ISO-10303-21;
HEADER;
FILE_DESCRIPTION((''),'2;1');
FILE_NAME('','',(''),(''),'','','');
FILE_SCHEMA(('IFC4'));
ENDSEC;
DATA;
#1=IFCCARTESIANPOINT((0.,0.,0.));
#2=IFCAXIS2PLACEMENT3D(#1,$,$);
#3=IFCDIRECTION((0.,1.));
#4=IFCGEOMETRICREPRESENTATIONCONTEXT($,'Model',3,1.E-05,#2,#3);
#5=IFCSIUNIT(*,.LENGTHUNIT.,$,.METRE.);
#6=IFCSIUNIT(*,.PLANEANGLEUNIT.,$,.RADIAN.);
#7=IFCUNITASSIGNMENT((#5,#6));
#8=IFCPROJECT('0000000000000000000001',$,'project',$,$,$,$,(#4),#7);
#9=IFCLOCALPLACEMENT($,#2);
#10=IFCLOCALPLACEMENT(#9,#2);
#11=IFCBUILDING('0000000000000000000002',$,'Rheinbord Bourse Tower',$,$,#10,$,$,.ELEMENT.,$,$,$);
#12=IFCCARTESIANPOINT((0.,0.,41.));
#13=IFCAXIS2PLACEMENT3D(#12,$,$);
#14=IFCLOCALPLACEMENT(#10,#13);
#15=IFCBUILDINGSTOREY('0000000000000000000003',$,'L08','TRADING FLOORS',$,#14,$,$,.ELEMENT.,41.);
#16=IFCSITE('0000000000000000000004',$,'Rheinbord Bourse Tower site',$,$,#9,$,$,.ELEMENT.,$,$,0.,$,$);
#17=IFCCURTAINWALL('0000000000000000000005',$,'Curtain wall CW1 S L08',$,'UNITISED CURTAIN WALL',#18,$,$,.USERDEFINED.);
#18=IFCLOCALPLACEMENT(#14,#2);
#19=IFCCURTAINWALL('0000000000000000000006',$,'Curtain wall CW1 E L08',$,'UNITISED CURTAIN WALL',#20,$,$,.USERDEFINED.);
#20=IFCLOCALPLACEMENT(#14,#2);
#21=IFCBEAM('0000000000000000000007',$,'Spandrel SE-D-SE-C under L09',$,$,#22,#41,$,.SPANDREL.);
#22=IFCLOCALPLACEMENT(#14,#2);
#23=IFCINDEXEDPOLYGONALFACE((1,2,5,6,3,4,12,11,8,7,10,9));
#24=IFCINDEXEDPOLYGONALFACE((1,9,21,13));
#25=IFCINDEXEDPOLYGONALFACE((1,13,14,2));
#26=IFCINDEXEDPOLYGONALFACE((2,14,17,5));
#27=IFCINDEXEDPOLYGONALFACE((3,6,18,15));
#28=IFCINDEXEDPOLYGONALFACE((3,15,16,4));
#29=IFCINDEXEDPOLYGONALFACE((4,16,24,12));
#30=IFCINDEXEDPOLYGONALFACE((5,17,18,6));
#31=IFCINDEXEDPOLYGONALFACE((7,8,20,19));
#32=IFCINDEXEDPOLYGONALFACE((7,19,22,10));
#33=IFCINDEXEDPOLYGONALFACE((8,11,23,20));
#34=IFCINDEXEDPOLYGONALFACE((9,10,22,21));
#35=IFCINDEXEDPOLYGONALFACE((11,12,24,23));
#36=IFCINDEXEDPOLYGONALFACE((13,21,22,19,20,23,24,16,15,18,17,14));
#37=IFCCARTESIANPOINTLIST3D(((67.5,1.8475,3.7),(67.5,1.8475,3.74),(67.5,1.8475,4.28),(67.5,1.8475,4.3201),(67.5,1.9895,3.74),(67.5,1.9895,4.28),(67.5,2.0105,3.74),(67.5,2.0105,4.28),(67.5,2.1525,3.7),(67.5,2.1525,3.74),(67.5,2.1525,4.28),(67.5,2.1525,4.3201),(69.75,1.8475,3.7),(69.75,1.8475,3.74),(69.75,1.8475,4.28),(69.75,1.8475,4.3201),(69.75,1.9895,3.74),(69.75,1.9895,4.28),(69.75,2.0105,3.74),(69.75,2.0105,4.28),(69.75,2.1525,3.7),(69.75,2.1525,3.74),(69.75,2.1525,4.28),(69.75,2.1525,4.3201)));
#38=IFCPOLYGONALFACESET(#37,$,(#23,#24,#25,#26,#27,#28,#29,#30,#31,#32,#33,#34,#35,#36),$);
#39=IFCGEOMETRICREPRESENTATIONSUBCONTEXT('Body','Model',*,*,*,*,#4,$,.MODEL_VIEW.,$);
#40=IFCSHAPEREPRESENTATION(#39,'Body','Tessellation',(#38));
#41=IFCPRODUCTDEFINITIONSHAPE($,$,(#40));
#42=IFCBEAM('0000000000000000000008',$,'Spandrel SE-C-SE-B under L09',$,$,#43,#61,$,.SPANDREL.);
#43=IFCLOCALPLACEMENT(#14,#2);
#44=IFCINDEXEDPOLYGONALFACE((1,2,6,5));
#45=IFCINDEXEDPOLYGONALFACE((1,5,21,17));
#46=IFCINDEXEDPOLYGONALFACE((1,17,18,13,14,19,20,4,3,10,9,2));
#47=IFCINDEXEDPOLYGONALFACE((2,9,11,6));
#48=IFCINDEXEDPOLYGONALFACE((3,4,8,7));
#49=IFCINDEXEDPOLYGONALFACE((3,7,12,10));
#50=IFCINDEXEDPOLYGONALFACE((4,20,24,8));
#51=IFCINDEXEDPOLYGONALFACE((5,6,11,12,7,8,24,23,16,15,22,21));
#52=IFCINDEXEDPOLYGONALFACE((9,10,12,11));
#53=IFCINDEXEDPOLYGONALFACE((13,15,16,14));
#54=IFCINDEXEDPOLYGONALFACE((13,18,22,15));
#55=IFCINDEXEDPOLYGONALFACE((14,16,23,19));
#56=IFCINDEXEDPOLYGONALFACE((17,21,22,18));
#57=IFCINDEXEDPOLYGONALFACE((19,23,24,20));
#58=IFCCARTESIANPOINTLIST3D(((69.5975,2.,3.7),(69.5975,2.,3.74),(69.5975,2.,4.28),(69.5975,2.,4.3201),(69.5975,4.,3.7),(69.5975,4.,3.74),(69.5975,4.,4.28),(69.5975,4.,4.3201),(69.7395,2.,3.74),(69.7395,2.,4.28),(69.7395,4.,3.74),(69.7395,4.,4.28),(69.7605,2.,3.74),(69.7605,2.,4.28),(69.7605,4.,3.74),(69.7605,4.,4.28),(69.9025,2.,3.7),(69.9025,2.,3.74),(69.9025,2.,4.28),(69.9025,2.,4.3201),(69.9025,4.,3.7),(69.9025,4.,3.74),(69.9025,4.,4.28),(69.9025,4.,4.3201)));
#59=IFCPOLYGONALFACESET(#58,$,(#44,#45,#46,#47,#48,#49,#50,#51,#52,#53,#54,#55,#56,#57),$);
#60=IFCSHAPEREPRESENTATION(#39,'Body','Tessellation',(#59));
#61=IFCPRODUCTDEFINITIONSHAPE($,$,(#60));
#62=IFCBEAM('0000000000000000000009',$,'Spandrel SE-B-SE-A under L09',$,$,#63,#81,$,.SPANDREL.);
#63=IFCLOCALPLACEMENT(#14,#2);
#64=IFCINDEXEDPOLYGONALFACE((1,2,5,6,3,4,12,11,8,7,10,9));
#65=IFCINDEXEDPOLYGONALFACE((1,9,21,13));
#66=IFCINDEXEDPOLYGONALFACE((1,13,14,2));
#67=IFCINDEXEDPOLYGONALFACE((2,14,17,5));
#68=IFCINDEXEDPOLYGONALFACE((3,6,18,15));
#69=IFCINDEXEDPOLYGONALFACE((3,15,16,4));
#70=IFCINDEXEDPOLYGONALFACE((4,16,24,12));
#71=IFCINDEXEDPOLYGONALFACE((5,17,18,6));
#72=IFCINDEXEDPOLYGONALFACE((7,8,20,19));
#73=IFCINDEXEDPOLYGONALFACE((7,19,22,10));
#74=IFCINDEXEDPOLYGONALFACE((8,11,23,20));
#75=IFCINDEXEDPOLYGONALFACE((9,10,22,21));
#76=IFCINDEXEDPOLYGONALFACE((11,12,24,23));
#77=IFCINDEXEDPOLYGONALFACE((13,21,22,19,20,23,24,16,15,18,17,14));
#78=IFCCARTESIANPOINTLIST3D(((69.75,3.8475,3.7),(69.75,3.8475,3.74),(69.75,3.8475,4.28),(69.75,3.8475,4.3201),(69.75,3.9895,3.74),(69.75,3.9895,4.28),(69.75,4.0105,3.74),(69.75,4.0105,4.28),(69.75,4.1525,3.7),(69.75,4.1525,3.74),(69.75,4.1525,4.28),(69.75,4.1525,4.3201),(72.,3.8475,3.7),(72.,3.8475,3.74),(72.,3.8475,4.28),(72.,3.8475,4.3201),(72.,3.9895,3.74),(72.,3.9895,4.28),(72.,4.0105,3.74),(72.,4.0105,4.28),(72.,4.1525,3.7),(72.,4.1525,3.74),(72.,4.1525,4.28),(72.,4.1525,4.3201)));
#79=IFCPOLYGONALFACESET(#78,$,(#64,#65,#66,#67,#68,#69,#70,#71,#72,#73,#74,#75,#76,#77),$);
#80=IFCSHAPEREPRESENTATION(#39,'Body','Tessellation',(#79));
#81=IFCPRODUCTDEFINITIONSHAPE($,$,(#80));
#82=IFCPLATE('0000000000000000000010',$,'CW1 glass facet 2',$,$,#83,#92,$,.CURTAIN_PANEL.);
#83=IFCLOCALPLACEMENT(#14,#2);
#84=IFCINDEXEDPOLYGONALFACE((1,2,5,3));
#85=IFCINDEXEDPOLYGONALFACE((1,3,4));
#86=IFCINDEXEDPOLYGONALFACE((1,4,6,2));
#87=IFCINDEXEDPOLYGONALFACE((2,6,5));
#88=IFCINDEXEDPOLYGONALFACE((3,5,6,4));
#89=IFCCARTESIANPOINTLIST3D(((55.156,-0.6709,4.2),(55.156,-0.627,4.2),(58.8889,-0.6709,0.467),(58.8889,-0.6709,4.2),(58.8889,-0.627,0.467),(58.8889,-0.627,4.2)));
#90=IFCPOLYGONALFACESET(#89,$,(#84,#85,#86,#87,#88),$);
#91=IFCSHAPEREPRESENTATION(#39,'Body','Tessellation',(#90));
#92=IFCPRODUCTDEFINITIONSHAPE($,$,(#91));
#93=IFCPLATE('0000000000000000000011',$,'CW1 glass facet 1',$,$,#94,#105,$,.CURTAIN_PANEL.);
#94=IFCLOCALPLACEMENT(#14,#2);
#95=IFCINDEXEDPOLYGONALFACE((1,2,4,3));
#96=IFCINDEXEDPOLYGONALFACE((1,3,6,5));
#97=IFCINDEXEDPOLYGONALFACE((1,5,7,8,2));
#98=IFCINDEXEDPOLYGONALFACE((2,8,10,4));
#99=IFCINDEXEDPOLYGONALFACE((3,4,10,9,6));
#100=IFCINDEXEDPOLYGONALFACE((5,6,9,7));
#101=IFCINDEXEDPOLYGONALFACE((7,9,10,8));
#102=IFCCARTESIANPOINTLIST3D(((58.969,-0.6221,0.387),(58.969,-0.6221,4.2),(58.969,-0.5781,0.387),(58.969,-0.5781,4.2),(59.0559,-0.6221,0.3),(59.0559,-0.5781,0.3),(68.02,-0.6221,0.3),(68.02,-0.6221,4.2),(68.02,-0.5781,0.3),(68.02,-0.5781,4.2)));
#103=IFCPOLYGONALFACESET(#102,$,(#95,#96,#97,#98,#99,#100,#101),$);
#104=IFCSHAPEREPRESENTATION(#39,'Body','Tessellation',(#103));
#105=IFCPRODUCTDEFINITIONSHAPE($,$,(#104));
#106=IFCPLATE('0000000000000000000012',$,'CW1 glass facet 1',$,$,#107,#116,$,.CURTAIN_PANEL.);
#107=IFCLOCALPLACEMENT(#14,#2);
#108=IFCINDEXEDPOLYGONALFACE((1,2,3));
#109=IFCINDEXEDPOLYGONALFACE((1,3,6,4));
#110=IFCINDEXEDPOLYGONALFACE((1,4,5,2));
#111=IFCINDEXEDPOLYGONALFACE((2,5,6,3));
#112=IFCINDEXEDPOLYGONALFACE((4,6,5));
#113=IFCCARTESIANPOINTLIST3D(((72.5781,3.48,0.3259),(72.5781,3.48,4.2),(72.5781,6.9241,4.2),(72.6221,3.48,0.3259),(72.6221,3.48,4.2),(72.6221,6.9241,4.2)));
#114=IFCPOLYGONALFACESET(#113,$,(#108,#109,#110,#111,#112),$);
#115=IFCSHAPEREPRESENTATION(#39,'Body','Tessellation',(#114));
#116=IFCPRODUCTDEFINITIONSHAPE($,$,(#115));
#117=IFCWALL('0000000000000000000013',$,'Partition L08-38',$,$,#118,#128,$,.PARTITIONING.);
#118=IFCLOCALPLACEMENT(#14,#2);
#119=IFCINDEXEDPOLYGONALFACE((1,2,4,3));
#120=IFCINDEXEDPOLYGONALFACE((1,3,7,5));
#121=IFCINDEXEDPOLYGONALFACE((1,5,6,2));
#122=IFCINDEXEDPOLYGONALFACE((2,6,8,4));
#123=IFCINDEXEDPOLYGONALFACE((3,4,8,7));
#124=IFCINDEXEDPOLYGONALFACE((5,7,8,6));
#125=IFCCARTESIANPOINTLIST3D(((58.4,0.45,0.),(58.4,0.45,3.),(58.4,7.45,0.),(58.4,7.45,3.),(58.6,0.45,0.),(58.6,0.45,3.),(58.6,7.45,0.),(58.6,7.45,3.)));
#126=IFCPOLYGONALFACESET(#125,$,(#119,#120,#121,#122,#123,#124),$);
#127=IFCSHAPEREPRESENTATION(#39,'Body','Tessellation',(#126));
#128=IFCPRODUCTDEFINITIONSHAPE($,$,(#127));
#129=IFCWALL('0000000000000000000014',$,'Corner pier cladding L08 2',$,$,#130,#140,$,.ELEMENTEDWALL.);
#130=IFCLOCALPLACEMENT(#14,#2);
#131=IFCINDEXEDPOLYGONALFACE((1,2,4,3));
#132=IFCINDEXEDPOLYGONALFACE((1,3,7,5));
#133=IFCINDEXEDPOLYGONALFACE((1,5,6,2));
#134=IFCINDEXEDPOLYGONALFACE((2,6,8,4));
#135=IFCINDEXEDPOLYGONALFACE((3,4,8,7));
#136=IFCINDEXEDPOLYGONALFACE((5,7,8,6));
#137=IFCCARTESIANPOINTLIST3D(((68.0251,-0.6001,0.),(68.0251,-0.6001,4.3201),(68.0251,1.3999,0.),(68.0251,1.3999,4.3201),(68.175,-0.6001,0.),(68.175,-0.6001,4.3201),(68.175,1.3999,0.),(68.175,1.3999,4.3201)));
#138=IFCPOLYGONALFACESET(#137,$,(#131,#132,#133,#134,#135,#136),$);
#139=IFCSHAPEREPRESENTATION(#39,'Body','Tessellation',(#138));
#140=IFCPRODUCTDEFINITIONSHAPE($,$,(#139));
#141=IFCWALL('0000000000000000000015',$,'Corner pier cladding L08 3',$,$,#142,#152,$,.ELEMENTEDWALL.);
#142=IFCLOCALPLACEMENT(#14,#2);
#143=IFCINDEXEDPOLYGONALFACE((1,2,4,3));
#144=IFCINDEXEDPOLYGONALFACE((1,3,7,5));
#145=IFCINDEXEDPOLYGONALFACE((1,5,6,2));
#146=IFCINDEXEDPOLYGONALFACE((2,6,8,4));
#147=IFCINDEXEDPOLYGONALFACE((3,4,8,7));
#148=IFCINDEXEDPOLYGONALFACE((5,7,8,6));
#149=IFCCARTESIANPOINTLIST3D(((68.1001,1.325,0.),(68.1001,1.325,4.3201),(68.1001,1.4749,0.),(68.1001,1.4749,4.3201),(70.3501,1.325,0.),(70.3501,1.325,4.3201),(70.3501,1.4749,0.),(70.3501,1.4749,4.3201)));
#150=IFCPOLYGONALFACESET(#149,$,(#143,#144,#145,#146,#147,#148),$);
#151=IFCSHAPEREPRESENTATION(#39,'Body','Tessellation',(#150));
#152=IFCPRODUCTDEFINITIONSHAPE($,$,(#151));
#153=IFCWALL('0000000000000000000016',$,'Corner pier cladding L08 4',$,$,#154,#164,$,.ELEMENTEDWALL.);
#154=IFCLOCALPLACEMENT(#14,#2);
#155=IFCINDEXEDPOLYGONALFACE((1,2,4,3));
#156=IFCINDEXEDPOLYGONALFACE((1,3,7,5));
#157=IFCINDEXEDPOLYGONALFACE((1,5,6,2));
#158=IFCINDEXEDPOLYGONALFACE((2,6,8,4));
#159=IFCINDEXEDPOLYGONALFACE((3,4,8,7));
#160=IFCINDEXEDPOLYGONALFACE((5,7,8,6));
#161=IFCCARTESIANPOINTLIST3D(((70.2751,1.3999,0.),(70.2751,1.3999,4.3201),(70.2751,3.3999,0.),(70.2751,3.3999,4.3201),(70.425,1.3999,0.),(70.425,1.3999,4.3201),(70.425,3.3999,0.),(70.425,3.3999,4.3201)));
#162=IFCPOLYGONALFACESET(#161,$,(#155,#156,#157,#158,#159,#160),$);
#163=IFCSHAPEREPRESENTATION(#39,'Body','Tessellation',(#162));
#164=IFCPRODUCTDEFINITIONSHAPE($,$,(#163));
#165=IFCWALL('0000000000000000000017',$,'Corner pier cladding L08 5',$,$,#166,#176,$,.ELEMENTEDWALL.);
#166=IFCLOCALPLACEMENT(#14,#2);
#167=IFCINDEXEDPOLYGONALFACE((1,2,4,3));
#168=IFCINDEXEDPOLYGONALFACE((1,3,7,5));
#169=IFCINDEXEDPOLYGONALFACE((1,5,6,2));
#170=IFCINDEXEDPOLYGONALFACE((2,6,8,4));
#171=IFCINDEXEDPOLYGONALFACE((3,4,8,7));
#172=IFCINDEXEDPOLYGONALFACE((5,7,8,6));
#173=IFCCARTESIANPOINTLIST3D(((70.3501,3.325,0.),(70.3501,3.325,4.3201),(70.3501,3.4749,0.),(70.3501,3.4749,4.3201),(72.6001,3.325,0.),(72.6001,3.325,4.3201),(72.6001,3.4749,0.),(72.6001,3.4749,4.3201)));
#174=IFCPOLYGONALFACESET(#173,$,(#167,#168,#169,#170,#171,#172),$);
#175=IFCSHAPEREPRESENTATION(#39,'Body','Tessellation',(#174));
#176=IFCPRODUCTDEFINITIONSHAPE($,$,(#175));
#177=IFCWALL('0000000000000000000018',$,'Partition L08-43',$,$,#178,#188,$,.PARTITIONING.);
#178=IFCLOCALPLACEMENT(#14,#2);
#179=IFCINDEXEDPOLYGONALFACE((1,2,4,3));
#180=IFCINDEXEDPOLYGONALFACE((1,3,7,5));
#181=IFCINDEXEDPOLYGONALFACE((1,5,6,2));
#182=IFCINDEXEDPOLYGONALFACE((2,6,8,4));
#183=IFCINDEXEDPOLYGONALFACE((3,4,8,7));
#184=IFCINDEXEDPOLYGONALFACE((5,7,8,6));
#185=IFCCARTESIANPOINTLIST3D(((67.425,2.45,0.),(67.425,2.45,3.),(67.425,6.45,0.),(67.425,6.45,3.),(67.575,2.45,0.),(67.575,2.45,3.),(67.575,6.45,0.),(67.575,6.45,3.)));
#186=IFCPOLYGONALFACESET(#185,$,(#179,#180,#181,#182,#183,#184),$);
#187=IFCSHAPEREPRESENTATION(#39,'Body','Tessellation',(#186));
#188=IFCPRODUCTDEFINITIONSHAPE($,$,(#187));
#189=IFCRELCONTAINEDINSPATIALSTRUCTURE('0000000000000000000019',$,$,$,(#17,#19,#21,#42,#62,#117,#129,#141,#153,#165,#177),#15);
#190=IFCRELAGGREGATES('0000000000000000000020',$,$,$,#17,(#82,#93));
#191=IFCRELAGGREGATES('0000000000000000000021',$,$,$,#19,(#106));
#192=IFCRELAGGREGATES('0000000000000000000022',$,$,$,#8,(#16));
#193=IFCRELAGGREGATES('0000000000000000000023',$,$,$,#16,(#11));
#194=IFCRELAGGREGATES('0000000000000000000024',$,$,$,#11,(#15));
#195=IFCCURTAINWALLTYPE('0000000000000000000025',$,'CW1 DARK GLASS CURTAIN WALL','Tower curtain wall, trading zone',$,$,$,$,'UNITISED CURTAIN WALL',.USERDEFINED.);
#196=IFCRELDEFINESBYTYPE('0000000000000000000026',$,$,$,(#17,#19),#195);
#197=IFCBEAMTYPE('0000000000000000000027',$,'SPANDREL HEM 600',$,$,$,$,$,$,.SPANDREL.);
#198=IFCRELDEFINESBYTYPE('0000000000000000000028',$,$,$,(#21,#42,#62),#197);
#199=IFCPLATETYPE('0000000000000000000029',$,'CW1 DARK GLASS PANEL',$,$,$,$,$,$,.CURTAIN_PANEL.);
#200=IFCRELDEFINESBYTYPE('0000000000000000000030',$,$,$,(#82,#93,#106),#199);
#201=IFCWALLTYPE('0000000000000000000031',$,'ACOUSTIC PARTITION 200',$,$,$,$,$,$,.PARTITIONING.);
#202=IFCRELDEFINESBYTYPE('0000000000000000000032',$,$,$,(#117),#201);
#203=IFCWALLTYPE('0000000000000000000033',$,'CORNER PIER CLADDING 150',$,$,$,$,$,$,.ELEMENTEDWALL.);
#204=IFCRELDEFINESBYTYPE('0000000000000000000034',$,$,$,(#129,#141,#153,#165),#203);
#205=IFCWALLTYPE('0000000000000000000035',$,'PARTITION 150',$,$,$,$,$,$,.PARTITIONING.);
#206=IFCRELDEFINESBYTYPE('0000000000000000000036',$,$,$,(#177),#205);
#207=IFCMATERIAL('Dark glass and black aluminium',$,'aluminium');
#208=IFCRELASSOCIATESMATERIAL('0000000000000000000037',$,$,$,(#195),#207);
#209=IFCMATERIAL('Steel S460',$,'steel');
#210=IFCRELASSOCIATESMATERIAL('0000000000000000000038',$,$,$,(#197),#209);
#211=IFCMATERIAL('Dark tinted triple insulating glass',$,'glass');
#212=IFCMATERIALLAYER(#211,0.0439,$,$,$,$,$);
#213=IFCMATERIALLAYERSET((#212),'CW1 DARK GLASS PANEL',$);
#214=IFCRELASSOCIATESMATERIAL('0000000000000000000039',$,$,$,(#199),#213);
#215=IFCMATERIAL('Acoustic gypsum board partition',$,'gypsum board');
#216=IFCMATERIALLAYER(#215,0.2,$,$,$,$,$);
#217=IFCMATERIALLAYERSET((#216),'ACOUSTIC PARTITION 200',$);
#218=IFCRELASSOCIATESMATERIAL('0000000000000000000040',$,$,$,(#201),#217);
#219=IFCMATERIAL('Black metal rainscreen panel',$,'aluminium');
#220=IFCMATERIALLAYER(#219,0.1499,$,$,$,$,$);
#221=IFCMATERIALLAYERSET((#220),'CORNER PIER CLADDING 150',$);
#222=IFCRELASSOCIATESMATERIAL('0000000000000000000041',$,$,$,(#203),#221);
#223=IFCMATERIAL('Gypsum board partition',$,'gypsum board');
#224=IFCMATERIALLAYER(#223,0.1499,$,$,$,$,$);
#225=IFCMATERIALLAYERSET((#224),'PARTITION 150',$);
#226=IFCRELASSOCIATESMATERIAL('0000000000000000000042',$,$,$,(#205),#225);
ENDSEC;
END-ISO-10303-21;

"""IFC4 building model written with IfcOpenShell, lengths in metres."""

from ifc_helpers import new_model, si_unit, direction, frame, frame_2d, origin, origin_2d, place, context, subcontext, project, spatial, polyline, rectangle, i_section, outline, extrude, material, layer, layer_set, material_profile, profile_set, type_object, element, aggregate, save


model = new_model("IFC4")

# Units and contexts
model_context = context("Model", 3, precision=1e-05, world=origin(), true_north=direction((0.0, 1.0)))
body_context = subcontext(model_context, "Body", "Model", "MODEL_VIEW")
ifc_project = project(units=[si_unit("LENGTHUNIT", "METRE"), si_unit("PLANEANGLEUNIT", "RADIAN")], contexts=[model_context])

# Site, building, storey
site_placement = place(None, origin())
site = spatial("IfcSite", under=ifc_project, at=site_placement, Name="Rheinbord Bourse Tower site", CompositionType="ELEMENT", RefElevation=0.0)
building_placement = place(site_placement, origin())
building = spatial("IfcBuilding", under=site, at=building_placement, Name="Rheinbord Bourse Tower", CompositionType="ELEMENT")
storey_placement = place(building_placement, frame((0.0, 0.0, 41.0)))
storey = spatial("IfcBuildingStorey", under=building, at=storey_placement, Name="L08", Description="TRADING FLOORS", CompositionType="ELEMENT", Elevation=41.0)

# Curtain wall
ifc_material_1 = material(Name="Dark glass and black aluminium", Category="aluminium")
curtain_wall_type = type_object("IfcCurtainWallType", Name="CW1 DARK GLASS CURTAIN WALL", Description="Tower curtain wall, trading zone", ElementType="UNITISED CURTAIN WALL", PredefinedType="USERDEFINED", material=ifc_material_1)
curtain_wall_1_placement = place(storey_placement, origin())
curtain_wall_1 = element("IfcCurtainWall", 1, at=curtain_wall_1_placement, inside=storey, type_object=curtain_wall_type, Name="Curtain wall CW1 S L08", ObjectType="UNITISED CURTAIN WALL", PredefinedType="USERDEFINED")

# Curtain wall
curtain_wall_2_placement = place(storey_placement, origin())
curtain_wall_2 = element("IfcCurtainWall", 2, at=curtain_wall_2_placement, inside=storey, type_object=curtain_wall_type, Name="Curtain wall CW1 E L08", ObjectType="UNITISED CURTAIN WALL", PredefinedType="USERDEFINED")

# Beams
ifc_material_2 = material(Name="Steel S460", Category="steel")
ifc_material_profile_1 = material_profile(ifc_material_2, i_section(OverallWidth=0.3049, OverallDepth=0.6201, WebThickness=0.021, FlangeThickness=0.04, at=origin_2d()), Name="HEM 600")
ifc_profile_set_1 = profile_set([ifc_material_profile_1], Name="Steel S460")
beam_type_1 = type_object("IfcBeamType", Name="SPANDREL HEM 600", PredefinedType="SPANDREL", material=ifc_profile_set_1)
beam_1_placement = place(storey_placement, frame((67.5, 2.0, 4.01), z_axis=(1.0, 0.0, 0.0), x_axis=(0.0, 1.0, 0.0)))
element("IfcBeam", 3, at=beam_1_placement, inside=storey, type_object=beam_type_1, Name="Spandrel SE-D-SE-C under L09", PredefinedType="SPANDREL", context=body_context, shape_type="SweptSolid", body=[
    extrude(i_section(OverallWidth=0.3049, OverallDepth=0.6201, WebThickness=0.021, FlangeThickness=0.04, at=origin_2d()), origin(), (0.0, 0.0, 1.0), 2.25),
])
beam_2_placement = place(storey_placement, frame((69.75, 2.0, 4.01), z_axis=(0.0, 1.0, 0.0), x_axis=(-1.0, 0.0, 0.0)))
element("IfcBeam", 4, at=beam_2_placement, inside=storey, type_object=beam_type_1, Name="Spandrel SE-C-SE-B under L09", PredefinedType="SPANDREL", context=body_context, shape_type="SweptSolid", body=[
    extrude(i_section(OverallWidth=0.3049, OverallDepth=0.6201, WebThickness=0.021, FlangeThickness=0.04, at=origin_2d()), origin(), (0.0, 0.0, 1.0), 2.0),
])
beam_3_placement = place(storey_placement, frame((69.75, 4.0, 4.01), z_axis=(1.0, 0.0, 0.0), x_axis=(0.0, 1.0, 0.0)))
element("IfcBeam", 5, at=beam_3_placement, inside=storey, type_object=beam_type_1, Name="Spandrel SE-B-SE-A under L09", PredefinedType="SPANDREL", context=body_context, shape_type="SweptSolid", body=[
    extrude(i_section(OverallWidth=0.3049, OverallDepth=0.6201, WebThickness=0.021, FlangeThickness=0.04, at=origin_2d()), origin(), (0.0, 0.0, 1.0), 2.25),
])

# Plates
ifc_material_3 = material(Name="Dark tinted triple insulating glass", Category="glass")
ifc_layer_1 = layer(ifc_material_3, 0.0439)
ifc_layer_set_1 = layer_set([ifc_layer_1], Name="CW1 DARK GLASS PANEL")
plate_type = type_object("IfcPlateType", Name="CW1 DARK GLASS PANEL", PredefinedType="CURTAIN_PANEL", material=ifc_layer_set_1)
plate_1_placement = place(storey_placement, frame((58.8889, -0.6709, 4.2), z_axis=(0.0, 1.0, 0.0), x_axis=(0.0, 0.0, -1.0)))
plate_1 = element("IfcPlate", 6, at=plate_1_placement, type_object=plate_type, Name="CW1 glass facet 2", PredefinedType="CURTAIN_PANEL", context=body_context, shape_type="SweptSolid", body=[
    extrude(outline(polyline([(0.0, 0.0), (3.7329, 0.0), (0.0, 3.7329), (0.0, 0.0)])), origin(), (0.0, 0.0, 1.0), 0.0439),
])
plate_2_placement = place(storey_placement, frame((58.969, -0.6221, 4.2), z_axis=(0.0, 1.0, 0.0), x_axis=(1.0, 0.0, 0.0)))
plate_2 = element("IfcPlate", 7, at=plate_2_placement, type_object=plate_type, Name="CW1 glass facet 1", PredefinedType="CURTAIN_PANEL", context=body_context, shape_type="SweptSolid", body=[
    extrude(outline(polyline([(0.0, 0.0), (9.051, 0.0), (9.051, 3.8999), (0.0869, 3.8999), (0.0, 3.813), (0.0, 0.0)])), origin(), (0.0, 0.0, 1.0), 0.0439),
])
aggregate(curtain_wall_1, [plate_1, plate_2])
plate_3_placement = place(storey_placement, frame((72.6221, 3.48, 4.2), z_axis=(-1.0, 0.0, 0.0), x_axis=(0.0, 1.0, 0.0)))
plate_3 = element("IfcPlate", 8, at=plate_3_placement, type_object=plate_type, Name="CW1 glass facet 1", PredefinedType="CURTAIN_PANEL", context=body_context, shape_type="SweptSolid", body=[
    extrude(outline(polyline([(0.0, 0.0), (3.4441, 0.0), (0.0, 3.874), (0.0, 0.0)])), origin(), (0.0, 0.0, 1.0), 0.0439),
])
aggregate(curtain_wall_2, [plate_3])

# Walls
ifc_material_4 = material(Name="Acoustic gypsum board partition", Category="gypsum board")
ifc_layer_2 = layer(ifc_material_4, 0.2)
ifc_layer_set_2 = layer_set([ifc_layer_2], Name="ACOUSTIC PARTITION 200")
wall_type_1 = type_object("IfcWallType", Name="ACOUSTIC PARTITION 200", PredefinedType="PARTITIONING", material=ifc_layer_set_2)
wall_1_placement = place(storey_placement, frame((58.5, 0.45, 0.0), z_axis=(0.0, 0.0, 1.0), x_axis=(0.0, 1.0, 0.0)))
element("IfcWall", 9, at=wall_1_placement, inside=storey, type_object=wall_type_1, Name="Partition L08-38", PredefinedType="PARTITIONING", context=body_context, shape_type="SweptSolid", body=[
    extrude(rectangle(XDim=7.0, YDim=0.2, at=frame_2d((3.5, 0.0))), origin(), (0.0, 0.0, 1.0), 3.0),
])
ifc_material_5 = material(Name="Black metal rainscreen panel", Category="aluminium")
ifc_layer_3 = layer(ifc_material_5, 0.1499)
ifc_layer_set_3 = layer_set([ifc_layer_3], Name="CORNER PIER CLADDING 150")
wall_type_2 = type_object("IfcWallType", Name="CORNER PIER CLADDING 150", PredefinedType="ELEMENTEDWALL", material=ifc_layer_set_3)
wall_2_placement = place(storey_placement, frame((68.1001, -0.6001, 0.0), z_axis=(0.0, 0.0, 1.0), x_axis=(0.0, 1.0, 0.0)))
element("IfcWall", 10, at=wall_2_placement, inside=storey, type_object=wall_type_2, Name="Corner pier cladding L08 2", PredefinedType="ELEMENTEDWALL", context=body_context, shape_type="SweptSolid", body=[
    extrude(rectangle(XDim=2.0, YDim=0.1499, at=frame_2d((1.0, 0.0))), origin(), (0.0, 0.0, 1.0), 4.3201),
])
wall_3_placement = place(storey_placement, frame((68.1001, 1.3999, 0.0), z_axis=(0.0, 0.0, 1.0), x_axis=(1.0, 0.0, 0.0)))
element("IfcWall", 11, at=wall_3_placement, inside=storey, type_object=wall_type_2, Name="Corner pier cladding L08 3", PredefinedType="ELEMENTEDWALL", context=body_context, shape_type="SweptSolid", body=[
    extrude(rectangle(XDim=2.25, YDim=0.1499, at=frame_2d((1.125, 0.0))), origin(), (0.0, 0.0, 1.0), 4.3201),
])
wall_4_placement = place(storey_placement, frame((70.3501, 1.3999, 0.0), z_axis=(0.0, 0.0, 1.0), x_axis=(0.0, 1.0, 0.0)))
element("IfcWall", 12, at=wall_4_placement, inside=storey, type_object=wall_type_2, Name="Corner pier cladding L08 4", PredefinedType="ELEMENTEDWALL", context=body_context, shape_type="SweptSolid", body=[
    extrude(rectangle(XDim=2.0, YDim=0.1499, at=frame_2d((1.0, 0.0))), origin(), (0.0, 0.0, 1.0), 4.3201),
])
wall_5_placement = place(storey_placement, frame((70.3501, 3.3999, 0.0), z_axis=(0.0, 0.0, 1.0), x_axis=(1.0, 0.0, 0.0)))
element("IfcWall", 13, at=wall_5_placement, inside=storey, type_object=wall_type_2, Name="Corner pier cladding L08 5", PredefinedType="ELEMENTEDWALL", context=body_context, shape_type="SweptSolid", body=[
    extrude(rectangle(XDim=2.25, YDim=0.1499, at=frame_2d((1.125, 0.0))), origin(), (0.0, 0.0, 1.0), 4.3201),
])
ifc_material_6 = material(Name="Gypsum board partition", Category="gypsum board")
ifc_layer_4 = layer(ifc_material_6, 0.1499)
ifc_layer_set_4 = layer_set([ifc_layer_4], Name="PARTITION 150")
wall_type_3 = type_object("IfcWallType", Name="PARTITION 150", PredefinedType="PARTITIONING", material=ifc_layer_set_4)
wall_6_placement = place(storey_placement, frame((67.5, 2.45, 0.0), z_axis=(0.0, 0.0, 1.0), x_axis=(0.0, 1.0, 0.0)))
element("IfcWall", 14, at=wall_6_placement, inside=storey, type_object=wall_type_3, Name="Partition L08-43", PredefinedType="PARTITIONING", context=body_context, shape_type="SweptSolid", body=[
    extrude(rectangle(XDim=4.0, YDim=0.1499, at=frame_2d((2.0, 0.0))), origin(), (0.0, 0.0, 1.0), 3.0),
])

save(model, "model.ifc")
